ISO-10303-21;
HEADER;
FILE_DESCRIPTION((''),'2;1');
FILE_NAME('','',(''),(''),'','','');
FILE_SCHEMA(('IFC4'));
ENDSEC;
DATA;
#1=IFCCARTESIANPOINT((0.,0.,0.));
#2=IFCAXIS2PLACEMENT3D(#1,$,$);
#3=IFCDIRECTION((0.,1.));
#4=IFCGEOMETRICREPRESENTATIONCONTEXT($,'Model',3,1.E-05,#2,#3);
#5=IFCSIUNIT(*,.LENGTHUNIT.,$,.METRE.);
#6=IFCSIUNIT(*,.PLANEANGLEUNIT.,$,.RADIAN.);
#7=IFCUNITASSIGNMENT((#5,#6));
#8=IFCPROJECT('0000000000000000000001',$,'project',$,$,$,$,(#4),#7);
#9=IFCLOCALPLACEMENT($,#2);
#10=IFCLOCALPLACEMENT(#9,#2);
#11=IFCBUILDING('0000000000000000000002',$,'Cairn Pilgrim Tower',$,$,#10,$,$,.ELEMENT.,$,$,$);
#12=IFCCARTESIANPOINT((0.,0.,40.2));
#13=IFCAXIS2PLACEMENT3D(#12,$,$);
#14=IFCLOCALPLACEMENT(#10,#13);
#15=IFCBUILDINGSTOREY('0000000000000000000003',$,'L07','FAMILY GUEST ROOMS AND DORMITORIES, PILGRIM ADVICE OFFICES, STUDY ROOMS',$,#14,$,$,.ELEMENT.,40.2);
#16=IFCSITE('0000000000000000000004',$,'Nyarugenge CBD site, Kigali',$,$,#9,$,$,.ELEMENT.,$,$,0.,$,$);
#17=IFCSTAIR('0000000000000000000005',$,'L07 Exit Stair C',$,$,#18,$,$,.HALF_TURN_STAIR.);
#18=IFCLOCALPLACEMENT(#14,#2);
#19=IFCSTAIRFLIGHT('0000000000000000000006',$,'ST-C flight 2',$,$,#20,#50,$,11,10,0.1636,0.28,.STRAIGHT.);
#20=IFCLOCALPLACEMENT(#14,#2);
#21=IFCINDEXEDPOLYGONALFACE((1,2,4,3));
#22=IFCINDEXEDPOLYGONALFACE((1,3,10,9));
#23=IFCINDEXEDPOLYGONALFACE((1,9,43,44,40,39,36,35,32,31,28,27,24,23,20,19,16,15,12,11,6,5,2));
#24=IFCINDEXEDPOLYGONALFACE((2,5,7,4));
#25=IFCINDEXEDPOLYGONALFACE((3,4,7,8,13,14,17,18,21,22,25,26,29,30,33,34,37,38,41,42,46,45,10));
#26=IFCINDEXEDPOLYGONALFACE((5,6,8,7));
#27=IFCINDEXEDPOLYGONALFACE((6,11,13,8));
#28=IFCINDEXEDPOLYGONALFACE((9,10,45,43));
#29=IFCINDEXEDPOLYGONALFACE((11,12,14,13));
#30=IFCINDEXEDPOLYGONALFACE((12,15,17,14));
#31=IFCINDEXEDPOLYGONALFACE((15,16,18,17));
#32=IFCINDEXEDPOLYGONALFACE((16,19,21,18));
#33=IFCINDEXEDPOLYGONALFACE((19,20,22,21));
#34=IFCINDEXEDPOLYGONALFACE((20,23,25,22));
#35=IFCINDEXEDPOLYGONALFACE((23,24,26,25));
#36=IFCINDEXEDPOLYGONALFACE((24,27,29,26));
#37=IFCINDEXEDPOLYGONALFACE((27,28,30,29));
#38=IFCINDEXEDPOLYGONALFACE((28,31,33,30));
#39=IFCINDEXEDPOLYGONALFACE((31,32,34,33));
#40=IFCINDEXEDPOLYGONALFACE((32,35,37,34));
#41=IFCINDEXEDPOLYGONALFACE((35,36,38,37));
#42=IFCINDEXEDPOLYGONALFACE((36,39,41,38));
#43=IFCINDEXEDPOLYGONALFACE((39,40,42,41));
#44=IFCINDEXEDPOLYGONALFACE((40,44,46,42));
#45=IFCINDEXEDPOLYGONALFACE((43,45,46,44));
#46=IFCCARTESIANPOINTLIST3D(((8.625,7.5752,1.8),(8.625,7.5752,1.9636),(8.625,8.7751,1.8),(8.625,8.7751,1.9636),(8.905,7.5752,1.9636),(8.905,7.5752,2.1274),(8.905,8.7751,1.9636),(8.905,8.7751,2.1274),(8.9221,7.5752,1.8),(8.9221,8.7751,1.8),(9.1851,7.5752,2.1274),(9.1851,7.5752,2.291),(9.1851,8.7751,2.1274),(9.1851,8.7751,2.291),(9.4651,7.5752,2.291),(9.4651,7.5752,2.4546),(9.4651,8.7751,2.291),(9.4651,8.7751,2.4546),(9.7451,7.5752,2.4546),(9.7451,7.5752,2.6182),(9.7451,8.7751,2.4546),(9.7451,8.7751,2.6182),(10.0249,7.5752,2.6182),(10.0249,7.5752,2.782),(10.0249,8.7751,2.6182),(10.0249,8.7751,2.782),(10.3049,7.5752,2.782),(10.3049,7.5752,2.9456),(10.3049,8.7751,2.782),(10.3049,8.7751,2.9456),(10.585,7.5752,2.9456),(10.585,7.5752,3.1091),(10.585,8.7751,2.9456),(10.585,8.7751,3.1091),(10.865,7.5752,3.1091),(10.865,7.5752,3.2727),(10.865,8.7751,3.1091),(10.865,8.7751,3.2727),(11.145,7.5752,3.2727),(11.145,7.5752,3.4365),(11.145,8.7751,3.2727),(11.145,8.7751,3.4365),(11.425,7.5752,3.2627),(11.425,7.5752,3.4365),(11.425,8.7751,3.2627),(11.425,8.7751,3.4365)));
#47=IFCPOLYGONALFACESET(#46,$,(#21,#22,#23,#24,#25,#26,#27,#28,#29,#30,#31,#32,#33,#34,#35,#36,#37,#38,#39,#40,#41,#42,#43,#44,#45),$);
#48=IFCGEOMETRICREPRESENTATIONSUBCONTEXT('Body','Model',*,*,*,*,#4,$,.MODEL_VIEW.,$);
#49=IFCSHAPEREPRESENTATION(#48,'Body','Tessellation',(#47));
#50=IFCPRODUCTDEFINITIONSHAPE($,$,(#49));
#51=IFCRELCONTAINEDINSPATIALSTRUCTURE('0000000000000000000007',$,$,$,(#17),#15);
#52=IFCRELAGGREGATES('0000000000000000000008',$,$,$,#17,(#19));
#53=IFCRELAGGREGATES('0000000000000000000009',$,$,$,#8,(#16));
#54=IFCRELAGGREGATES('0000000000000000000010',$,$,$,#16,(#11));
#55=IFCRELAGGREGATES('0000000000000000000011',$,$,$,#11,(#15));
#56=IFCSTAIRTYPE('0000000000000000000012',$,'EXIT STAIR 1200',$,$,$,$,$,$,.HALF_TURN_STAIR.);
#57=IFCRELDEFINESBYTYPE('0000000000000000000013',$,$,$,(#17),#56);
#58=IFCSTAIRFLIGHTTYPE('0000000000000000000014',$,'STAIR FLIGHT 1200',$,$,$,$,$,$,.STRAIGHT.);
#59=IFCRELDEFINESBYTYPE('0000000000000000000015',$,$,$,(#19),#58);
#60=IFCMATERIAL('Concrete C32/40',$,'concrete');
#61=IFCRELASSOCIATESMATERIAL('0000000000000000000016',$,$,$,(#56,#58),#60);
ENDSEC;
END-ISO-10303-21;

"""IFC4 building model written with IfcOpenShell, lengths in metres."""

from ifc_helpers import new_model, si_unit, direction, frame, origin, place, context, subcontext, project, spatial, polyline, outline, extrude, material, type_object, element, aggregate, save


model = new_model("IFC4")

# Units and contexts
model_context = context("Model", 3, precision=1e-05, world=origin(), true_north=direction((0.0, 1.0)))
body_context = subcontext(model_context, "Body", "Model", "MODEL_VIEW")
ifc_project = project(units=[si_unit("LENGTHUNIT", "METRE"), si_unit("PLANEANGLEUNIT", "RADIAN")], contexts=[model_context])

# Site, building, storey
site_placement = place(None, origin())
site = spatial("IfcSite", under=ifc_project, at=site_placement, Name="Nyarugenge CBD site, Kigali", CompositionType="ELEMENT", RefElevation=0.0)
building_placement = place(site_placement, origin())
building = spatial("IfcBuilding", under=site, at=building_placement, Name="Cairn Pilgrim Tower", CompositionType="ELEMENT")
storey_placement = place(building_placement, frame((0.0, 0.0, 40.2)))
storey = spatial("IfcBuildingStorey", under=building, at=storey_placement, Name="L07", Description="FAMILY GUEST ROOMS AND DORMITORIES, PILGRIM ADVICE OFFICES, STUDY ROOMS", CompositionType="ELEMENT", Elevation=40.2)

# Shared definitions
ifc_material_1 = material(Name="Concrete C32/40", Category="concrete")

# Shared definitions
stair_type = type_object("IfcStairType", Name="EXIT STAIR 1200", PredefinedType="HALF_TURN_STAIR", material=ifc_material_1)
stair_flight_type = type_object("IfcStairFlightType", Name="STAIR FLIGHT 1200", PredefinedType="STRAIGHT", material=ifc_material_1)

# Stair, stair flight
stair_1_placement = place(storey_placement, origin())
stair_1 = element("IfcStair", 1, at=stair_1_placement, inside=storey, type_object=stair_type, Name="L07 Exit Stair C", PredefinedType="HALF_TURN_STAIR")
stair_flight_1_placement = place(storey_placement, frame((8.625, 8.175, 1.8), z_axis=(0.0, 0.0, 1.0), x_axis=(1.0, 0.0, 0.0)))
stair_flight_1 = element("IfcStairFlight", 2, at=stair_flight_1_placement, type_object=stair_flight_type, Name="ST-C flight 2", NumberOfRisers=11, NumberOfTreads=10, PredefinedType="STRAIGHT", RiserHeight=0.1636, TreadLength=0.28, context=body_context, shape_type="SweptSolid", body=[
    extrude(outline(polyline([(0.0, 0.0), (0.0, 0.1636), (0.28, 0.1636), (0.28, 0.3274), (0.5601, 0.3274), (0.5601, 0.491), (0.8401, 0.491), (0.8401, 0.6545), (1.1201, 0.6545), (1.1201, 0.8181), (1.3999, 0.8181), (1.3999, 0.9819), (1.6799, 0.9819), (1.6799, 1.1455), (1.96, 1.1455), (1.96, 1.3091), (2.24, 1.3091), (2.24, 1.4727), (2.52, 1.4727), (2.52, 1.6365), (2.8, 1.6365), (2.8, 1.8), (2.8, 1.4626), (0.2971, 0.0), (0.0, 0.0)])), frame((0.0, 0.6001, 0.0), z_axis=(0.0, -1.0, 0.0), x_axis=(1.0, 0.0, 0.0)), (0.0, 0.0, 1.0), 1.2),
])
aggregate(stair_1, [stair_flight_1])

save(model, "model.ifc")
